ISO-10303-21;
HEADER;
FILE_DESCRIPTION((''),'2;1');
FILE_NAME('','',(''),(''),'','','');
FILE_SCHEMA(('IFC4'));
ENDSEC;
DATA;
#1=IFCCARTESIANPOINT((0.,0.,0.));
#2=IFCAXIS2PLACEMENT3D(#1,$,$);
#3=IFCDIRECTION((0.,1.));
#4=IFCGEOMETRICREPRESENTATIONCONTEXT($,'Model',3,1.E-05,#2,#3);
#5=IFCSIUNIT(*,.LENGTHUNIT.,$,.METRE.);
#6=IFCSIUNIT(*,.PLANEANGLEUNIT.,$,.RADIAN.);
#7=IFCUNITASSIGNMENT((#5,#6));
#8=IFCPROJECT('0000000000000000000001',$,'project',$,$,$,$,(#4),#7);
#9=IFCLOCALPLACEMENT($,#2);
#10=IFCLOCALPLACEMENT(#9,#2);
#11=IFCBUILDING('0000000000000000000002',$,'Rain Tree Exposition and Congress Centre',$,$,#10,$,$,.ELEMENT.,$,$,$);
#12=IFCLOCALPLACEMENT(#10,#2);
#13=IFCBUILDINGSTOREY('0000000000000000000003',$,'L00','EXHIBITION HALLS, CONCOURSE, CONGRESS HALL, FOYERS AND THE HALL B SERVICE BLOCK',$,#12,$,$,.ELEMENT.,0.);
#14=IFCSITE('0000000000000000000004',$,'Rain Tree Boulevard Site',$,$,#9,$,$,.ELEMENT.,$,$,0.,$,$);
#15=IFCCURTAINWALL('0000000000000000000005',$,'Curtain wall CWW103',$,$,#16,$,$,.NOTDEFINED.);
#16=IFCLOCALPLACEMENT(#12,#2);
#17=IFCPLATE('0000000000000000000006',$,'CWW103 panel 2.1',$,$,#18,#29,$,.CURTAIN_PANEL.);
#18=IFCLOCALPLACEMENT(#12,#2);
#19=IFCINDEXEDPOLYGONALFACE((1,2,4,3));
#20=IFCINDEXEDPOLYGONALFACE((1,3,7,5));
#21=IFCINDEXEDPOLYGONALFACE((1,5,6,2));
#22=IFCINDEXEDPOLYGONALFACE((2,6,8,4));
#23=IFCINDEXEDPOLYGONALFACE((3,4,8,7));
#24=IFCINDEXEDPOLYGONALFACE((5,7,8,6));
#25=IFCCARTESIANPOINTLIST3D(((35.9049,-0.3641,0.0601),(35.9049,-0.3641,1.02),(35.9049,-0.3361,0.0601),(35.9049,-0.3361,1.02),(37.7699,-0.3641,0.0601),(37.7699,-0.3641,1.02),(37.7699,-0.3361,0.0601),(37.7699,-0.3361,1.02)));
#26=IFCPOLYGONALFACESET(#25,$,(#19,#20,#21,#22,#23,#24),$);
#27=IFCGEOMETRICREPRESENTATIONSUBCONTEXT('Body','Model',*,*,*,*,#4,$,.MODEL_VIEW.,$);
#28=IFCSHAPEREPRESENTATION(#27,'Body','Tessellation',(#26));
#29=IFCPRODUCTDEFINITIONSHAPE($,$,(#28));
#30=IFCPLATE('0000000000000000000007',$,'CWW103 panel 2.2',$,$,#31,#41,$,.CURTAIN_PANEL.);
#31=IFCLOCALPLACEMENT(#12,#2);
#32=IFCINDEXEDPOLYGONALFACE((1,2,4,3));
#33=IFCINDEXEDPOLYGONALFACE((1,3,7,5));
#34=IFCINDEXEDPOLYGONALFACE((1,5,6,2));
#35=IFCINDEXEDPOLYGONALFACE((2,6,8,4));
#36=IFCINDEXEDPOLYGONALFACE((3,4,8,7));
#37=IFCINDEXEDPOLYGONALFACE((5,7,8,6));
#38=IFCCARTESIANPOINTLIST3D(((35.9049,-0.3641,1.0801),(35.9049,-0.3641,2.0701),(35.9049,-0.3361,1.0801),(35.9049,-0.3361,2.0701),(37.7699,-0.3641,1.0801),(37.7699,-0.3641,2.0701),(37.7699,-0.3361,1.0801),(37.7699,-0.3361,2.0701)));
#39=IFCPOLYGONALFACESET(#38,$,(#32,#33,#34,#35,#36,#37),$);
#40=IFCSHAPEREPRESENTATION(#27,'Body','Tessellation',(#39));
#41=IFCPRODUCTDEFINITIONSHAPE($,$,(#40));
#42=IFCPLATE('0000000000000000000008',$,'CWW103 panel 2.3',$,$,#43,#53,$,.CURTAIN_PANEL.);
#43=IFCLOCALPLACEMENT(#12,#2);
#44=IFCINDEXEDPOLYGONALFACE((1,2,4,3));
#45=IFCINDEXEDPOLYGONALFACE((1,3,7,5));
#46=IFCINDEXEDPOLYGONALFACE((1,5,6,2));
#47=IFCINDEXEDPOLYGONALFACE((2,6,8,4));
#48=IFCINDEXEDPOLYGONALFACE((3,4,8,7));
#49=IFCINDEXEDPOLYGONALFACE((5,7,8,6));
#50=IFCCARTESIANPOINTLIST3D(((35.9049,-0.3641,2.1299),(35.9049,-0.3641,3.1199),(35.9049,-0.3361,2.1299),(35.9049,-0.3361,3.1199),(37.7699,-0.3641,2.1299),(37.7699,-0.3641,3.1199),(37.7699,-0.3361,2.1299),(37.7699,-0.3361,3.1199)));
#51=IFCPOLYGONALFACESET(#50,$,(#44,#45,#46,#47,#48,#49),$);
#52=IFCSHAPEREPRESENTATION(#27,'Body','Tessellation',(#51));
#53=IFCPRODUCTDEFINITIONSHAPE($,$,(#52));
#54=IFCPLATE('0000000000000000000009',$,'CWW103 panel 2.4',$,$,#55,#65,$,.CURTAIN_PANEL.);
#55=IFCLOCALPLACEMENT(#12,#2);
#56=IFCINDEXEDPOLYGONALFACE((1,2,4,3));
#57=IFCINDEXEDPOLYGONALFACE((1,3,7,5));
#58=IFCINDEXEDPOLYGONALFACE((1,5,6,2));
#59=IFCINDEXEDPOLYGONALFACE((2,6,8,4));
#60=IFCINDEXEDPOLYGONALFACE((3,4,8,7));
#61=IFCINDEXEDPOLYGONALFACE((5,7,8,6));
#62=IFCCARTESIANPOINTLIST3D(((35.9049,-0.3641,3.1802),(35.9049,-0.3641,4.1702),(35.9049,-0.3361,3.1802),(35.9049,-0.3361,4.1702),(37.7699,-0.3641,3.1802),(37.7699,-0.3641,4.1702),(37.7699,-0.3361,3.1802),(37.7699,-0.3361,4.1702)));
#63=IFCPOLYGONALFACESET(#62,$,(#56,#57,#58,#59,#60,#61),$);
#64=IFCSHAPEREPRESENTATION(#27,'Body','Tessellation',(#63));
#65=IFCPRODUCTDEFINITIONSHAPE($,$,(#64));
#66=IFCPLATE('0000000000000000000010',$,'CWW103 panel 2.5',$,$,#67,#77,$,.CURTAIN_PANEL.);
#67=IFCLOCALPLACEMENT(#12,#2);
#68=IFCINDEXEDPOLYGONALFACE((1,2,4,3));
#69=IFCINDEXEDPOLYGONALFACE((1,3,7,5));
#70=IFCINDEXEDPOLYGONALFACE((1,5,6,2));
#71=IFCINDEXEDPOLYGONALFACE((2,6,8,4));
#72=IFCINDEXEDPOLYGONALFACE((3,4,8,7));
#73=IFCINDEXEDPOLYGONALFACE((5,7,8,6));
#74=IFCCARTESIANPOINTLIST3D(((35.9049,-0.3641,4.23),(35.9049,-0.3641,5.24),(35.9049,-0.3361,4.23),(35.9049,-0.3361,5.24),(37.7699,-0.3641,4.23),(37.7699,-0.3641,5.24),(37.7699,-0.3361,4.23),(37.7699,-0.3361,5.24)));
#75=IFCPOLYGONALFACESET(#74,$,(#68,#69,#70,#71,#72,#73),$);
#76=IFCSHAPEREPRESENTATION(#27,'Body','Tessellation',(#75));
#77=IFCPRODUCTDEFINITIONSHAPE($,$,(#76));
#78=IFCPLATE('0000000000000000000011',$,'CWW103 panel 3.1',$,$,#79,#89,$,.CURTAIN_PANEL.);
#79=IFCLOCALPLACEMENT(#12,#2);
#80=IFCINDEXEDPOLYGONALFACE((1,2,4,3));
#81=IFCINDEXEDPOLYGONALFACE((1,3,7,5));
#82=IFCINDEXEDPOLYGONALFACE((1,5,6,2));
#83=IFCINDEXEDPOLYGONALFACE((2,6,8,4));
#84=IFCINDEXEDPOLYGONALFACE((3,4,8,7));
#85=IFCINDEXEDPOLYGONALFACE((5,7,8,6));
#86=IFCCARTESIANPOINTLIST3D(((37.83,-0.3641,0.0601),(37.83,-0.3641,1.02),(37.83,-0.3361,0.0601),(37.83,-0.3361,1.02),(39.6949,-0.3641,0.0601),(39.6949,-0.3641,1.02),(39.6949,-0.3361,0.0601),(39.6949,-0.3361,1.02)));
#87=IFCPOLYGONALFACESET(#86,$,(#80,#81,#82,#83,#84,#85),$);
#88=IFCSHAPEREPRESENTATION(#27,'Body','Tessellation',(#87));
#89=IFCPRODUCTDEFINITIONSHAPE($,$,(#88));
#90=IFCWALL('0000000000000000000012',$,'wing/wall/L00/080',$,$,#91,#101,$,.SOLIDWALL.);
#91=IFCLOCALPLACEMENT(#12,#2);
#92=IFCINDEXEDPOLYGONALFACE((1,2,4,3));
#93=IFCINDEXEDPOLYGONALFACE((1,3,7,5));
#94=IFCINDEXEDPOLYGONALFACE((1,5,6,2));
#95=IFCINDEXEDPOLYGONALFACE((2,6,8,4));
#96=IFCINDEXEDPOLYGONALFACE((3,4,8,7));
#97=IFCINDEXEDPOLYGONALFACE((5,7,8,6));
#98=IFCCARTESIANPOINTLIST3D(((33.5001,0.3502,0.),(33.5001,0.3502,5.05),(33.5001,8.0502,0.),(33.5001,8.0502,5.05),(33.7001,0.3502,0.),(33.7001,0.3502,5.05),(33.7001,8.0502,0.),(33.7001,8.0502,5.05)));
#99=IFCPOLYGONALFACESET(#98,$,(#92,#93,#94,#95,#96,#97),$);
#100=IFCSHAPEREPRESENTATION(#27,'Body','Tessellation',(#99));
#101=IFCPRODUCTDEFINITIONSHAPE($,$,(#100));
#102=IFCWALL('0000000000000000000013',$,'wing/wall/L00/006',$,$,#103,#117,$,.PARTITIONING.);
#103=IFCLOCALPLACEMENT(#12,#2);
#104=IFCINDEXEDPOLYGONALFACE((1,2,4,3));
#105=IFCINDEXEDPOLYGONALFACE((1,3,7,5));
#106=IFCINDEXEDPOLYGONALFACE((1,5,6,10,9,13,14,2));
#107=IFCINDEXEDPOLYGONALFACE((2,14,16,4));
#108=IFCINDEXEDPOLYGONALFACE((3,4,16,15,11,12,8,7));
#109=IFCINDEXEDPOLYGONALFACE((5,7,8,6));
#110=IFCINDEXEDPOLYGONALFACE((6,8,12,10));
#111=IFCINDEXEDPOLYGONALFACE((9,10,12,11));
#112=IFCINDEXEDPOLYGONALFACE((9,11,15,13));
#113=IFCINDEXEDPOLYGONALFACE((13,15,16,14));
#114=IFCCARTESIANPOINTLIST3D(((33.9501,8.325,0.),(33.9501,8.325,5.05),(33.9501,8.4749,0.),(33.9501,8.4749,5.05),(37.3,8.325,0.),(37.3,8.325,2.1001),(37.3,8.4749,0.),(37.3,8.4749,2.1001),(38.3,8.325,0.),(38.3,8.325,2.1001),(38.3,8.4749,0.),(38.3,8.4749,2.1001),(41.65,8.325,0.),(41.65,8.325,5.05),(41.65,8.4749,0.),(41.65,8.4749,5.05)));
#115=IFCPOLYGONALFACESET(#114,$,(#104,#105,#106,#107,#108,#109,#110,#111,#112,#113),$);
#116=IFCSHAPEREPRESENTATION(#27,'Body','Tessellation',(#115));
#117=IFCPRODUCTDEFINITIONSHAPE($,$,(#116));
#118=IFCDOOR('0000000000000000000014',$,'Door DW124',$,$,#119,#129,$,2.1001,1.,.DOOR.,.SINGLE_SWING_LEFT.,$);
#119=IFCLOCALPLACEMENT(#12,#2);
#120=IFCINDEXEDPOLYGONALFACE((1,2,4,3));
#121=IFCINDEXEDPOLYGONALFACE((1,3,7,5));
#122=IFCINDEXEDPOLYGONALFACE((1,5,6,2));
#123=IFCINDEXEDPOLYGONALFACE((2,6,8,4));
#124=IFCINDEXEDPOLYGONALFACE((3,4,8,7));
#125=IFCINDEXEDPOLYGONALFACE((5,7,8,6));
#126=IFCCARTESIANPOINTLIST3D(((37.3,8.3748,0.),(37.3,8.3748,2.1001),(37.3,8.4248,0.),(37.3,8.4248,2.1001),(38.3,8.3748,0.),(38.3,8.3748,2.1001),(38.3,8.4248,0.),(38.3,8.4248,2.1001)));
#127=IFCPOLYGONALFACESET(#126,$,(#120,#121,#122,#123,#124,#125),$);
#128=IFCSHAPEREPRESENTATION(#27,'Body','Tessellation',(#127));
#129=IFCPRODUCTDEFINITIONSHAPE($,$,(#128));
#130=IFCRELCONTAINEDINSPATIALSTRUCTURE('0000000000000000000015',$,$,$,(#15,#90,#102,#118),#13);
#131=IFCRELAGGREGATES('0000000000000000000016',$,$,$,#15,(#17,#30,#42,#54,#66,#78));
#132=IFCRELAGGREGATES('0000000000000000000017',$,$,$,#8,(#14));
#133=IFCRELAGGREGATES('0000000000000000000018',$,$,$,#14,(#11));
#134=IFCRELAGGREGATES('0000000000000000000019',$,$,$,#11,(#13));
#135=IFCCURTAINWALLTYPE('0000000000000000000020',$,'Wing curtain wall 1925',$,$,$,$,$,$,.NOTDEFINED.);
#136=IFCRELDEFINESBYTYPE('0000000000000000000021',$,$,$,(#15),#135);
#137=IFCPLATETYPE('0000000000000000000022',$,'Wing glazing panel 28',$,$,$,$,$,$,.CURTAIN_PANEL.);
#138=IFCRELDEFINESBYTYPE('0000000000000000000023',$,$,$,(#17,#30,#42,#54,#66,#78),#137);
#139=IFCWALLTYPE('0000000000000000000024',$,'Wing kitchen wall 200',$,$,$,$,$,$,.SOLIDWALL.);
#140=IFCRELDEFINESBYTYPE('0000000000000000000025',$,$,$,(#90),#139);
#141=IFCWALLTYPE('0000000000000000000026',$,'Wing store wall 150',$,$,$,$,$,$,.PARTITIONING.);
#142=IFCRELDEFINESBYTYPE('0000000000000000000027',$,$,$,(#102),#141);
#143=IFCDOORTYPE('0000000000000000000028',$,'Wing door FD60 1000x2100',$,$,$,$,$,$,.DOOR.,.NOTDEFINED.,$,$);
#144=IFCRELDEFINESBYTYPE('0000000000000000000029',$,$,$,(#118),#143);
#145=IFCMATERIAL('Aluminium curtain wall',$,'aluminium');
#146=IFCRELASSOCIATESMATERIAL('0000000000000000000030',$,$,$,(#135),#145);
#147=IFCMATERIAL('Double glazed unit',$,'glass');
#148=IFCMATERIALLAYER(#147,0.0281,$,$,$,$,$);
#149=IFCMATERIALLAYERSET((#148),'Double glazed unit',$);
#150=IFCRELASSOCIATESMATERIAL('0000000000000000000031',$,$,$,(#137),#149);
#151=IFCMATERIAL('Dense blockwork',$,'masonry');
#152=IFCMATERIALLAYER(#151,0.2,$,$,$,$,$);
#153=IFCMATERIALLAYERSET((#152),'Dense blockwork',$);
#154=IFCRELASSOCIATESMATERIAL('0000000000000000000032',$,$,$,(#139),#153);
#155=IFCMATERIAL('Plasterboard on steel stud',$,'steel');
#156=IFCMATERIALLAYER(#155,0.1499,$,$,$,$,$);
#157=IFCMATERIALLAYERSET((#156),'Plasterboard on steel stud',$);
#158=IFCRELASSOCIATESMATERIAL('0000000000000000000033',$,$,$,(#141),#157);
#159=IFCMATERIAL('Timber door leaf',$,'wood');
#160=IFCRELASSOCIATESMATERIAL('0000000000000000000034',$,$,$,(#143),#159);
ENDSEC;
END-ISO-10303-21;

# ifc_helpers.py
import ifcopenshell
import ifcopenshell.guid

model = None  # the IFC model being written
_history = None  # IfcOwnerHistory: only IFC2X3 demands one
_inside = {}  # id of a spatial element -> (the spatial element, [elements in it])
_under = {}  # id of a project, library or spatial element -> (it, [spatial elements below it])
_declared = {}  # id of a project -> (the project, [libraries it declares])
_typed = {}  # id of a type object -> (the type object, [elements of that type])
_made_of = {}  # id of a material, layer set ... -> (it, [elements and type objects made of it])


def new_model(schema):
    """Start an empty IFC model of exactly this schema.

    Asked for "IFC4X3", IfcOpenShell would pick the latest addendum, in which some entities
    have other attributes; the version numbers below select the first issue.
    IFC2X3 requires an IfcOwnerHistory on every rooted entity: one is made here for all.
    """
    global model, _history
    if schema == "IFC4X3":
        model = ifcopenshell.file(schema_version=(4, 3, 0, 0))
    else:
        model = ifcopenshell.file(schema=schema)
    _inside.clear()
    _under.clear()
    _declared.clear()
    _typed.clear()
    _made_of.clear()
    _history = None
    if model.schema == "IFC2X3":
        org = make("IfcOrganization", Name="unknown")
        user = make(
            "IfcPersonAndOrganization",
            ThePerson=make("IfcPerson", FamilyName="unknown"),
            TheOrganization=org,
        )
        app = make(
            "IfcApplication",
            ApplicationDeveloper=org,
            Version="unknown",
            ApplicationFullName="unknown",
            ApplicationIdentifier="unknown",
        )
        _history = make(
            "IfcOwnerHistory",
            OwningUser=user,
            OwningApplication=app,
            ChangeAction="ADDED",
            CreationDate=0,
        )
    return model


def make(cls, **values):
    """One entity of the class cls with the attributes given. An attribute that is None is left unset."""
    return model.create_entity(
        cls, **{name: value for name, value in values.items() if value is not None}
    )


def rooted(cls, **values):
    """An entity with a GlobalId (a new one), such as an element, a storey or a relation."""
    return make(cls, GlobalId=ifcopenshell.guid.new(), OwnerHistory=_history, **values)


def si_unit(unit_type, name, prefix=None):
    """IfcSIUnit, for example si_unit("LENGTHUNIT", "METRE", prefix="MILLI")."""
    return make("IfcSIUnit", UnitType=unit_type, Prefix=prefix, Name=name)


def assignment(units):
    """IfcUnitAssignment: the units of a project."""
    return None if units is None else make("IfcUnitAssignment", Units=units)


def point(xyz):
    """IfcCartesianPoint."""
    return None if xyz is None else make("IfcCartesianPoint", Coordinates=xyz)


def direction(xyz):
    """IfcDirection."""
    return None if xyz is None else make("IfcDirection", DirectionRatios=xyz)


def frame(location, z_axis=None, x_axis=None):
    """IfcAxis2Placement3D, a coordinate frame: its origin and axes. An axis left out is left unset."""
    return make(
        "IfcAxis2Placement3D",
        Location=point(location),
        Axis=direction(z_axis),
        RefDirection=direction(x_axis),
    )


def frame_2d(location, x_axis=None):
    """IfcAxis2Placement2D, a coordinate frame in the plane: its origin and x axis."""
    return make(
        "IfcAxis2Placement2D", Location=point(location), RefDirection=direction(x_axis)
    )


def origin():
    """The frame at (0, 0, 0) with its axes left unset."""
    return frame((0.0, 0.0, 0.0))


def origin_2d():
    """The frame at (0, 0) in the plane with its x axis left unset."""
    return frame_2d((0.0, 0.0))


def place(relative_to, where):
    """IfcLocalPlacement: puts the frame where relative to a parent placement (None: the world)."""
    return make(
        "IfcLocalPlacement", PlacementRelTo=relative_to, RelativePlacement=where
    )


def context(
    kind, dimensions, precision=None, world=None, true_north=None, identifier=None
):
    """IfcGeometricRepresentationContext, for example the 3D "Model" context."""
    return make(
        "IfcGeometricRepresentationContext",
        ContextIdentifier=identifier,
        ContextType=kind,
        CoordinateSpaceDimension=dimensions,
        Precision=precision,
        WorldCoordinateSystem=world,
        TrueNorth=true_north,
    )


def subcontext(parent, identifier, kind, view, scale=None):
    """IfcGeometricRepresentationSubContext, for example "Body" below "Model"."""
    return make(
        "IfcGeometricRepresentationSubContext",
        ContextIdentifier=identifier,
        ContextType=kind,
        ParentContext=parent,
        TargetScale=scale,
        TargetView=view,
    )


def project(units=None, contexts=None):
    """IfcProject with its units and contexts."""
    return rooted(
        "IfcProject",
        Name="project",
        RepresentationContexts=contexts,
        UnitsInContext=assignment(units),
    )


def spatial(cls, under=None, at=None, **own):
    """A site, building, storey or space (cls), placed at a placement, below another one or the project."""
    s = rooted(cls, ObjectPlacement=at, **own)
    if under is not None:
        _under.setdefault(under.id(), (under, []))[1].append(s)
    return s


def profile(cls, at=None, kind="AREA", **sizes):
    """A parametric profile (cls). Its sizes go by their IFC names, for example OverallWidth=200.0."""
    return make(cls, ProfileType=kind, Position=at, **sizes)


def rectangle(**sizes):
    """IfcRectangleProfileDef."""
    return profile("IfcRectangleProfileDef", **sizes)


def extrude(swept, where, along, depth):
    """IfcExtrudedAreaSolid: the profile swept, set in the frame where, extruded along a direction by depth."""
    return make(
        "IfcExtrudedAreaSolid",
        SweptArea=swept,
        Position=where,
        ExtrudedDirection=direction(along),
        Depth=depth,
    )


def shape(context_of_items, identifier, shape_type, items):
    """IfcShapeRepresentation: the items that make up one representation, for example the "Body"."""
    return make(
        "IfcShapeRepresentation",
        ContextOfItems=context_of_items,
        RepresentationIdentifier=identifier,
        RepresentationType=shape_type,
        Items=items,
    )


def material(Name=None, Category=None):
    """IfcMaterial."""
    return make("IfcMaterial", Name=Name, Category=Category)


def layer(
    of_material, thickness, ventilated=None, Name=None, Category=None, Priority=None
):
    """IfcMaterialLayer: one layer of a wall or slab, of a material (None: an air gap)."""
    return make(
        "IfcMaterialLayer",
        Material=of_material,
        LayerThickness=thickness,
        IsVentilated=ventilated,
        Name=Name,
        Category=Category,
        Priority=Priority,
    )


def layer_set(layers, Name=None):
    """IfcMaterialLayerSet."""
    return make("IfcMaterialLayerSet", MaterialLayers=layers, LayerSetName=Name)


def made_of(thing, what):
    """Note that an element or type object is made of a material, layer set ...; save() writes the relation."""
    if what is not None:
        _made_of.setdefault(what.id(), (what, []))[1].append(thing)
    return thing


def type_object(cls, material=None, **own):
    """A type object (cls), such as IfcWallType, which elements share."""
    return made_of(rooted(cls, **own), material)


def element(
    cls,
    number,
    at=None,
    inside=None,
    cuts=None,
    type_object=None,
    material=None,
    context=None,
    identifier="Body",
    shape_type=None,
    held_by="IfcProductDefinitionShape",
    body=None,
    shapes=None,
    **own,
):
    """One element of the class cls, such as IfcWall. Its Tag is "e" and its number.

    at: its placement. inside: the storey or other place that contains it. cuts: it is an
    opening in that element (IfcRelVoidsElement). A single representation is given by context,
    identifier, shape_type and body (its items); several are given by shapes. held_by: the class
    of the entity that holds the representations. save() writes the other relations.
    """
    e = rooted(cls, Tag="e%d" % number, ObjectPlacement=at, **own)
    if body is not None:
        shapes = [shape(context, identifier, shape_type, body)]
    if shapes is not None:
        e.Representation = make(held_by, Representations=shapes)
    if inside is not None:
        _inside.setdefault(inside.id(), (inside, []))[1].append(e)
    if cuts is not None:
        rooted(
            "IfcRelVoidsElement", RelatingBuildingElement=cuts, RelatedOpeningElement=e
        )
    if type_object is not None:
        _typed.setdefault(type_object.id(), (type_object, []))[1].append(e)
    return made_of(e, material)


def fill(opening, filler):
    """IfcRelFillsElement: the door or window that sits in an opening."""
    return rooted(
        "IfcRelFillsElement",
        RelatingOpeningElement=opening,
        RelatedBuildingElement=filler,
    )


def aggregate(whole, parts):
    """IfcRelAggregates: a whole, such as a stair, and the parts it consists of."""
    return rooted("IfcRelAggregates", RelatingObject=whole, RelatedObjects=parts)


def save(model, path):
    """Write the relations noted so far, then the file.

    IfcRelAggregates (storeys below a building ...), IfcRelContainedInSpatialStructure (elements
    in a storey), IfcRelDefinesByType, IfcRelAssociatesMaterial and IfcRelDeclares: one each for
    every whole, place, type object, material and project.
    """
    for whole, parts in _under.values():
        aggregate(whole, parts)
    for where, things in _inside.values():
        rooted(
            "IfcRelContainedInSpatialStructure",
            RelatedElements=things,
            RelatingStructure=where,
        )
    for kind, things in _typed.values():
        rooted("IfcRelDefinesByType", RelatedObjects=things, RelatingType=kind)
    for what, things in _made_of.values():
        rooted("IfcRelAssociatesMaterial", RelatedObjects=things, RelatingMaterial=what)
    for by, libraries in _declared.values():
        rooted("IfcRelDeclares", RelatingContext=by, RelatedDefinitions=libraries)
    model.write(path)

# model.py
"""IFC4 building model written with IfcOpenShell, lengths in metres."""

from ifc_helpers import new_model, si_unit, direction, frame, frame_2d, origin, origin_2d, place, context, subcontext, project, spatial, rectangle, extrude, material, layer, layer_set, type_object, element, fill, aggregate, save


model = new_model("IFC4")

# Units and contexts
model_context = context("Model", 3, precision=1e-05, world=origin(), true_north=direction((0.0, 1.0)))
body_context = subcontext(model_context, "Body", "Model", "MODEL_VIEW")
ifc_project = project(units=[si_unit("LENGTHUNIT", "METRE"), si_unit("PLANEANGLEUNIT", "RADIAN")], contexts=[model_context])

# Site, building, storey
site_placement = place(None, origin())
site = spatial("IfcSite", under=ifc_project, at=site_placement, Name="Rain Tree Boulevard Site", CompositionType="ELEMENT", RefElevation=0.0)
building_placement = place(site_placement, origin())
building = spatial("IfcBuilding", under=site, at=building_placement, Name="Rain Tree Exposition and Congress Centre", CompositionType="ELEMENT")
storey_placement = place(building_placement, origin())
storey = spatial("IfcBuildingStorey", under=building, at=storey_placement, Name="L00", Description="EXHIBITION HALLS, CONCOURSE, CONGRESS HALL, FOYERS AND THE HALL B SERVICE BLOCK", CompositionType="ELEMENT", Elevation=0.0)

# Curtain wall, plates
ifc_material_1 = material(Name="Aluminium curtain wall", Category="aluminium")
curtain_wall_type = type_object("IfcCurtainWallType", Name="Wing curtain wall 1925", PredefinedType="NOTDEFINED", material=ifc_material_1)
curtain_wall_placement = place(storey_placement, origin())
curtain_wall = element("IfcCurtainWall", 1, at=curtain_wall_placement, inside=storey, type_object=curtain_wall_type, Name="Curtain wall CWW103", PredefinedType="NOTDEFINED")
ifc_material_2 = material(Name="Double glazed unit", Category="glass")
ifc_layer_1 = layer(ifc_material_2, 0.0281)
ifc_layer_set_1 = layer_set([ifc_layer_1], Name="Double glazed unit")
plate_type = type_object("IfcPlateType", Name="Wing glazing panel 28", PredefinedType="CURTAIN_PANEL", material=ifc_layer_set_1)
plate_1_placement = place(storey_placement, frame((36.8374, -0.3501, 0.0601), z_axis=(0.0, 0.0, 1.0), x_axis=(1.0, 0.0, 0.0)))
plate_1 = element("IfcPlate", 2, at=plate_1_placement, type_object=plate_type, Name="CWW103 panel 2.1", PredefinedType="CURTAIN_PANEL", context=body_context, shape_type="SweptSolid", body=[
    extrude(rectangle(XDim=1.865, YDim=0.0281, at=origin_2d()), origin(), (0.0, 0.0, 1.0), 0.96),
])
plate_2_placement = place(storey_placement, frame((36.8374, -0.3501, 1.0801), z_axis=(0.0, 0.0, 1.0), x_axis=(1.0, 0.0, 0.0)))
plate_2 = element("IfcPlate", 3, at=plate_2_placement, type_object=plate_type, Name="CWW103 panel 2.2", PredefinedType="CURTAIN_PANEL", context=body_context, shape_type="SweptSolid", body=[
    extrude(rectangle(XDim=1.865, YDim=0.0281, at=origin_2d()), origin(), (0.0, 0.0, 1.0), 0.99),
])
plate_3_placement = place(storey_placement, frame((36.8374, -0.3501, 2.1299), z_axis=(0.0, 0.0, 1.0), x_axis=(1.0, 0.0, 0.0)))
plate_3 = element("IfcPlate", 4, at=plate_3_placement, type_object=plate_type, Name="CWW103 panel 2.3", PredefinedType="CURTAIN_PANEL", context=body_context, shape_type="SweptSolid", body=[
    extrude(rectangle(XDim=1.865, YDim=0.0281, at=origin_2d()), origin(), (0.0, 0.0, 1.0), 0.99),
])
plate_4_placement = place(storey_placement, frame((36.8374, -0.3501, 3.1802), z_axis=(0.0, 0.0, 1.0), x_axis=(1.0, 0.0, 0.0)))
plate_4 = element("IfcPlate", 5, at=plate_4_placement, type_object=plate_type, Name="CWW103 panel 2.4", PredefinedType="CURTAIN_PANEL", context=body_context, shape_type="SweptSolid", body=[
    extrude(rectangle(XDim=1.865, YDim=0.0281, at=origin_2d()), origin(), (0.0, 0.0, 1.0), 0.99),
])
plate_5_placement = place(storey_placement, frame((36.8374, -0.3501, 4.23), z_axis=(0.0, 0.0, 1.0), x_axis=(1.0, 0.0, 0.0)))
plate_5 = element("IfcPlate", 6, at=plate_5_placement, type_object=plate_type, Name="CWW103 panel 2.5", PredefinedType="CURTAIN_PANEL", context=body_context, shape_type="SweptSolid", body=[
    extrude(rectangle(XDim=1.865, YDim=0.0281, at=origin_2d()), origin(), (0.0, 0.0, 1.0), 1.01),
])
plate_6_placement = place(storey_placement, frame((38.7625, -0.3501, 0.0601), z_axis=(0.0, 0.0, 1.0), x_axis=(1.0, 0.0, 0.0)))
plate_6 = element("IfcPlate", 7, at=plate_6_placement, type_object=plate_type, Name="CWW103 panel 3.1", PredefinedType="CURTAIN_PANEL", context=body_context, shape_type="SweptSolid", body=[
    extrude(rectangle(XDim=1.865, YDim=0.0281, at=origin_2d()), origin(), (0.0, 0.0, 1.0), 0.96),
])
aggregate(curtain_wall, [plate_1, plate_2, plate_3, plate_4, plate_5, plate_6])

# Wall
ifc_material_3 = material(Name="Dense blockwork", Category="masonry")
ifc_layer_2 = layer(ifc_material_3, 0.2)
ifc_layer_set_2 = layer_set([ifc_layer_2], Name="Dense blockwork")
wall_type_1 = type_object("IfcWallType", Name="Wing kitchen wall 200", PredefinedType="SOLIDWALL", material=ifc_layer_set_2)
wall_1_placement = place(storey_placement, frame((33.6001, 0.3501, 0.0), z_axis=(0.0, 0.0, 1.0), x_axis=(0.0, 1.0, 0.0)))
element("IfcWall", 8, at=wall_1_placement, inside=storey, type_object=wall_type_1, Name="wing/wall/L00/080", PredefinedType="SOLIDWALL", context=body_context, shape_type="SweptSolid", body=[
    extrude(rectangle(XDim=7.7, YDim=0.2, at=frame_2d((3.8501, 0.0))), origin(), (0.0, 0.0, 1.0), 5.05),
])

# Wall, opening, door
ifc_material_4 = material(Name="Plasterboard on steel stud", Category="steel")
ifc_layer_3 = layer(ifc_material_4, 0.1499)
ifc_layer_set_3 = layer_set([ifc_layer_3], Name="Plasterboard on steel stud")
wall_type_2 = type_object("IfcWallType", Name="Wing store wall 150", PredefinedType="PARTITIONING", material=ifc_layer_set_3)
wall_2_placement = place(storey_placement, frame((33.95, 8.3999, 0.0), z_axis=(0.0, 0.0, 1.0), x_axis=(1.0, 0.0, 0.0)))
wall_2 = element("IfcWall", 9, at=wall_2_placement, inside=storey, type_object=wall_type_2, Name="wing/wall/L00/006", PredefinedType="PARTITIONING", context=body_context, shape_type="SweptSolid", body=[
    extrude(rectangle(XDim=7.7, YDim=0.1499, at=frame_2d((3.8501, 0.0))), origin(), (0.0, 0.0, 1.0), 5.05),
])
opening_placement = place(wall_2_placement, frame((3.3501, 0.0, 0.0)))
opening = element("IfcOpeningElement", 10, at=opening_placement, cuts=wall_2, PredefinedType="OPENING", context=body_context, shape_type="SweptSolid", body=[
    extrude(rectangle(XDim=1.0, YDim=2.1001, at=frame_2d((0.5, 1.05))), frame((0.0, 0.075, 0.0), z_axis=(0.0, -1.0, 0.0), x_axis=(1.0, 0.0, 0.0)), (0.0, 0.0, 1.0), 0.1499),
])
ifc_material_5 = material(Name="Timber door leaf", Category="wood")
door_type = type_object("IfcDoorType", Name="Wing door FD60 1000x2100", OperationType="NOTDEFINED", PredefinedType="DOOR", material=ifc_material_5)
door_placement = place(opening_placement, origin())
door = element("IfcDoor", 11, at=door_placement, inside=storey, type_object=door_type, Name="Door DW124", OperationType="SINGLE_SWING_LEFT", OverallHeight=2.1001, OverallWidth=1.0, PredefinedType="DOOR", context=body_context, shape_type="SweptSolid", body=[
    extrude(rectangle(XDim=1.0, YDim=2.1001, at=frame_2d((0.5, 1.05))), frame((0.0, 0.0249, 0.0), z_axis=(0.0, -1.0, 0.0), x_axis=(1.0, 0.0, 0.0)), (0.0, 0.0, 1.0), 0.05),
])
fill(opening, door)

save(model, "model.ifc")
